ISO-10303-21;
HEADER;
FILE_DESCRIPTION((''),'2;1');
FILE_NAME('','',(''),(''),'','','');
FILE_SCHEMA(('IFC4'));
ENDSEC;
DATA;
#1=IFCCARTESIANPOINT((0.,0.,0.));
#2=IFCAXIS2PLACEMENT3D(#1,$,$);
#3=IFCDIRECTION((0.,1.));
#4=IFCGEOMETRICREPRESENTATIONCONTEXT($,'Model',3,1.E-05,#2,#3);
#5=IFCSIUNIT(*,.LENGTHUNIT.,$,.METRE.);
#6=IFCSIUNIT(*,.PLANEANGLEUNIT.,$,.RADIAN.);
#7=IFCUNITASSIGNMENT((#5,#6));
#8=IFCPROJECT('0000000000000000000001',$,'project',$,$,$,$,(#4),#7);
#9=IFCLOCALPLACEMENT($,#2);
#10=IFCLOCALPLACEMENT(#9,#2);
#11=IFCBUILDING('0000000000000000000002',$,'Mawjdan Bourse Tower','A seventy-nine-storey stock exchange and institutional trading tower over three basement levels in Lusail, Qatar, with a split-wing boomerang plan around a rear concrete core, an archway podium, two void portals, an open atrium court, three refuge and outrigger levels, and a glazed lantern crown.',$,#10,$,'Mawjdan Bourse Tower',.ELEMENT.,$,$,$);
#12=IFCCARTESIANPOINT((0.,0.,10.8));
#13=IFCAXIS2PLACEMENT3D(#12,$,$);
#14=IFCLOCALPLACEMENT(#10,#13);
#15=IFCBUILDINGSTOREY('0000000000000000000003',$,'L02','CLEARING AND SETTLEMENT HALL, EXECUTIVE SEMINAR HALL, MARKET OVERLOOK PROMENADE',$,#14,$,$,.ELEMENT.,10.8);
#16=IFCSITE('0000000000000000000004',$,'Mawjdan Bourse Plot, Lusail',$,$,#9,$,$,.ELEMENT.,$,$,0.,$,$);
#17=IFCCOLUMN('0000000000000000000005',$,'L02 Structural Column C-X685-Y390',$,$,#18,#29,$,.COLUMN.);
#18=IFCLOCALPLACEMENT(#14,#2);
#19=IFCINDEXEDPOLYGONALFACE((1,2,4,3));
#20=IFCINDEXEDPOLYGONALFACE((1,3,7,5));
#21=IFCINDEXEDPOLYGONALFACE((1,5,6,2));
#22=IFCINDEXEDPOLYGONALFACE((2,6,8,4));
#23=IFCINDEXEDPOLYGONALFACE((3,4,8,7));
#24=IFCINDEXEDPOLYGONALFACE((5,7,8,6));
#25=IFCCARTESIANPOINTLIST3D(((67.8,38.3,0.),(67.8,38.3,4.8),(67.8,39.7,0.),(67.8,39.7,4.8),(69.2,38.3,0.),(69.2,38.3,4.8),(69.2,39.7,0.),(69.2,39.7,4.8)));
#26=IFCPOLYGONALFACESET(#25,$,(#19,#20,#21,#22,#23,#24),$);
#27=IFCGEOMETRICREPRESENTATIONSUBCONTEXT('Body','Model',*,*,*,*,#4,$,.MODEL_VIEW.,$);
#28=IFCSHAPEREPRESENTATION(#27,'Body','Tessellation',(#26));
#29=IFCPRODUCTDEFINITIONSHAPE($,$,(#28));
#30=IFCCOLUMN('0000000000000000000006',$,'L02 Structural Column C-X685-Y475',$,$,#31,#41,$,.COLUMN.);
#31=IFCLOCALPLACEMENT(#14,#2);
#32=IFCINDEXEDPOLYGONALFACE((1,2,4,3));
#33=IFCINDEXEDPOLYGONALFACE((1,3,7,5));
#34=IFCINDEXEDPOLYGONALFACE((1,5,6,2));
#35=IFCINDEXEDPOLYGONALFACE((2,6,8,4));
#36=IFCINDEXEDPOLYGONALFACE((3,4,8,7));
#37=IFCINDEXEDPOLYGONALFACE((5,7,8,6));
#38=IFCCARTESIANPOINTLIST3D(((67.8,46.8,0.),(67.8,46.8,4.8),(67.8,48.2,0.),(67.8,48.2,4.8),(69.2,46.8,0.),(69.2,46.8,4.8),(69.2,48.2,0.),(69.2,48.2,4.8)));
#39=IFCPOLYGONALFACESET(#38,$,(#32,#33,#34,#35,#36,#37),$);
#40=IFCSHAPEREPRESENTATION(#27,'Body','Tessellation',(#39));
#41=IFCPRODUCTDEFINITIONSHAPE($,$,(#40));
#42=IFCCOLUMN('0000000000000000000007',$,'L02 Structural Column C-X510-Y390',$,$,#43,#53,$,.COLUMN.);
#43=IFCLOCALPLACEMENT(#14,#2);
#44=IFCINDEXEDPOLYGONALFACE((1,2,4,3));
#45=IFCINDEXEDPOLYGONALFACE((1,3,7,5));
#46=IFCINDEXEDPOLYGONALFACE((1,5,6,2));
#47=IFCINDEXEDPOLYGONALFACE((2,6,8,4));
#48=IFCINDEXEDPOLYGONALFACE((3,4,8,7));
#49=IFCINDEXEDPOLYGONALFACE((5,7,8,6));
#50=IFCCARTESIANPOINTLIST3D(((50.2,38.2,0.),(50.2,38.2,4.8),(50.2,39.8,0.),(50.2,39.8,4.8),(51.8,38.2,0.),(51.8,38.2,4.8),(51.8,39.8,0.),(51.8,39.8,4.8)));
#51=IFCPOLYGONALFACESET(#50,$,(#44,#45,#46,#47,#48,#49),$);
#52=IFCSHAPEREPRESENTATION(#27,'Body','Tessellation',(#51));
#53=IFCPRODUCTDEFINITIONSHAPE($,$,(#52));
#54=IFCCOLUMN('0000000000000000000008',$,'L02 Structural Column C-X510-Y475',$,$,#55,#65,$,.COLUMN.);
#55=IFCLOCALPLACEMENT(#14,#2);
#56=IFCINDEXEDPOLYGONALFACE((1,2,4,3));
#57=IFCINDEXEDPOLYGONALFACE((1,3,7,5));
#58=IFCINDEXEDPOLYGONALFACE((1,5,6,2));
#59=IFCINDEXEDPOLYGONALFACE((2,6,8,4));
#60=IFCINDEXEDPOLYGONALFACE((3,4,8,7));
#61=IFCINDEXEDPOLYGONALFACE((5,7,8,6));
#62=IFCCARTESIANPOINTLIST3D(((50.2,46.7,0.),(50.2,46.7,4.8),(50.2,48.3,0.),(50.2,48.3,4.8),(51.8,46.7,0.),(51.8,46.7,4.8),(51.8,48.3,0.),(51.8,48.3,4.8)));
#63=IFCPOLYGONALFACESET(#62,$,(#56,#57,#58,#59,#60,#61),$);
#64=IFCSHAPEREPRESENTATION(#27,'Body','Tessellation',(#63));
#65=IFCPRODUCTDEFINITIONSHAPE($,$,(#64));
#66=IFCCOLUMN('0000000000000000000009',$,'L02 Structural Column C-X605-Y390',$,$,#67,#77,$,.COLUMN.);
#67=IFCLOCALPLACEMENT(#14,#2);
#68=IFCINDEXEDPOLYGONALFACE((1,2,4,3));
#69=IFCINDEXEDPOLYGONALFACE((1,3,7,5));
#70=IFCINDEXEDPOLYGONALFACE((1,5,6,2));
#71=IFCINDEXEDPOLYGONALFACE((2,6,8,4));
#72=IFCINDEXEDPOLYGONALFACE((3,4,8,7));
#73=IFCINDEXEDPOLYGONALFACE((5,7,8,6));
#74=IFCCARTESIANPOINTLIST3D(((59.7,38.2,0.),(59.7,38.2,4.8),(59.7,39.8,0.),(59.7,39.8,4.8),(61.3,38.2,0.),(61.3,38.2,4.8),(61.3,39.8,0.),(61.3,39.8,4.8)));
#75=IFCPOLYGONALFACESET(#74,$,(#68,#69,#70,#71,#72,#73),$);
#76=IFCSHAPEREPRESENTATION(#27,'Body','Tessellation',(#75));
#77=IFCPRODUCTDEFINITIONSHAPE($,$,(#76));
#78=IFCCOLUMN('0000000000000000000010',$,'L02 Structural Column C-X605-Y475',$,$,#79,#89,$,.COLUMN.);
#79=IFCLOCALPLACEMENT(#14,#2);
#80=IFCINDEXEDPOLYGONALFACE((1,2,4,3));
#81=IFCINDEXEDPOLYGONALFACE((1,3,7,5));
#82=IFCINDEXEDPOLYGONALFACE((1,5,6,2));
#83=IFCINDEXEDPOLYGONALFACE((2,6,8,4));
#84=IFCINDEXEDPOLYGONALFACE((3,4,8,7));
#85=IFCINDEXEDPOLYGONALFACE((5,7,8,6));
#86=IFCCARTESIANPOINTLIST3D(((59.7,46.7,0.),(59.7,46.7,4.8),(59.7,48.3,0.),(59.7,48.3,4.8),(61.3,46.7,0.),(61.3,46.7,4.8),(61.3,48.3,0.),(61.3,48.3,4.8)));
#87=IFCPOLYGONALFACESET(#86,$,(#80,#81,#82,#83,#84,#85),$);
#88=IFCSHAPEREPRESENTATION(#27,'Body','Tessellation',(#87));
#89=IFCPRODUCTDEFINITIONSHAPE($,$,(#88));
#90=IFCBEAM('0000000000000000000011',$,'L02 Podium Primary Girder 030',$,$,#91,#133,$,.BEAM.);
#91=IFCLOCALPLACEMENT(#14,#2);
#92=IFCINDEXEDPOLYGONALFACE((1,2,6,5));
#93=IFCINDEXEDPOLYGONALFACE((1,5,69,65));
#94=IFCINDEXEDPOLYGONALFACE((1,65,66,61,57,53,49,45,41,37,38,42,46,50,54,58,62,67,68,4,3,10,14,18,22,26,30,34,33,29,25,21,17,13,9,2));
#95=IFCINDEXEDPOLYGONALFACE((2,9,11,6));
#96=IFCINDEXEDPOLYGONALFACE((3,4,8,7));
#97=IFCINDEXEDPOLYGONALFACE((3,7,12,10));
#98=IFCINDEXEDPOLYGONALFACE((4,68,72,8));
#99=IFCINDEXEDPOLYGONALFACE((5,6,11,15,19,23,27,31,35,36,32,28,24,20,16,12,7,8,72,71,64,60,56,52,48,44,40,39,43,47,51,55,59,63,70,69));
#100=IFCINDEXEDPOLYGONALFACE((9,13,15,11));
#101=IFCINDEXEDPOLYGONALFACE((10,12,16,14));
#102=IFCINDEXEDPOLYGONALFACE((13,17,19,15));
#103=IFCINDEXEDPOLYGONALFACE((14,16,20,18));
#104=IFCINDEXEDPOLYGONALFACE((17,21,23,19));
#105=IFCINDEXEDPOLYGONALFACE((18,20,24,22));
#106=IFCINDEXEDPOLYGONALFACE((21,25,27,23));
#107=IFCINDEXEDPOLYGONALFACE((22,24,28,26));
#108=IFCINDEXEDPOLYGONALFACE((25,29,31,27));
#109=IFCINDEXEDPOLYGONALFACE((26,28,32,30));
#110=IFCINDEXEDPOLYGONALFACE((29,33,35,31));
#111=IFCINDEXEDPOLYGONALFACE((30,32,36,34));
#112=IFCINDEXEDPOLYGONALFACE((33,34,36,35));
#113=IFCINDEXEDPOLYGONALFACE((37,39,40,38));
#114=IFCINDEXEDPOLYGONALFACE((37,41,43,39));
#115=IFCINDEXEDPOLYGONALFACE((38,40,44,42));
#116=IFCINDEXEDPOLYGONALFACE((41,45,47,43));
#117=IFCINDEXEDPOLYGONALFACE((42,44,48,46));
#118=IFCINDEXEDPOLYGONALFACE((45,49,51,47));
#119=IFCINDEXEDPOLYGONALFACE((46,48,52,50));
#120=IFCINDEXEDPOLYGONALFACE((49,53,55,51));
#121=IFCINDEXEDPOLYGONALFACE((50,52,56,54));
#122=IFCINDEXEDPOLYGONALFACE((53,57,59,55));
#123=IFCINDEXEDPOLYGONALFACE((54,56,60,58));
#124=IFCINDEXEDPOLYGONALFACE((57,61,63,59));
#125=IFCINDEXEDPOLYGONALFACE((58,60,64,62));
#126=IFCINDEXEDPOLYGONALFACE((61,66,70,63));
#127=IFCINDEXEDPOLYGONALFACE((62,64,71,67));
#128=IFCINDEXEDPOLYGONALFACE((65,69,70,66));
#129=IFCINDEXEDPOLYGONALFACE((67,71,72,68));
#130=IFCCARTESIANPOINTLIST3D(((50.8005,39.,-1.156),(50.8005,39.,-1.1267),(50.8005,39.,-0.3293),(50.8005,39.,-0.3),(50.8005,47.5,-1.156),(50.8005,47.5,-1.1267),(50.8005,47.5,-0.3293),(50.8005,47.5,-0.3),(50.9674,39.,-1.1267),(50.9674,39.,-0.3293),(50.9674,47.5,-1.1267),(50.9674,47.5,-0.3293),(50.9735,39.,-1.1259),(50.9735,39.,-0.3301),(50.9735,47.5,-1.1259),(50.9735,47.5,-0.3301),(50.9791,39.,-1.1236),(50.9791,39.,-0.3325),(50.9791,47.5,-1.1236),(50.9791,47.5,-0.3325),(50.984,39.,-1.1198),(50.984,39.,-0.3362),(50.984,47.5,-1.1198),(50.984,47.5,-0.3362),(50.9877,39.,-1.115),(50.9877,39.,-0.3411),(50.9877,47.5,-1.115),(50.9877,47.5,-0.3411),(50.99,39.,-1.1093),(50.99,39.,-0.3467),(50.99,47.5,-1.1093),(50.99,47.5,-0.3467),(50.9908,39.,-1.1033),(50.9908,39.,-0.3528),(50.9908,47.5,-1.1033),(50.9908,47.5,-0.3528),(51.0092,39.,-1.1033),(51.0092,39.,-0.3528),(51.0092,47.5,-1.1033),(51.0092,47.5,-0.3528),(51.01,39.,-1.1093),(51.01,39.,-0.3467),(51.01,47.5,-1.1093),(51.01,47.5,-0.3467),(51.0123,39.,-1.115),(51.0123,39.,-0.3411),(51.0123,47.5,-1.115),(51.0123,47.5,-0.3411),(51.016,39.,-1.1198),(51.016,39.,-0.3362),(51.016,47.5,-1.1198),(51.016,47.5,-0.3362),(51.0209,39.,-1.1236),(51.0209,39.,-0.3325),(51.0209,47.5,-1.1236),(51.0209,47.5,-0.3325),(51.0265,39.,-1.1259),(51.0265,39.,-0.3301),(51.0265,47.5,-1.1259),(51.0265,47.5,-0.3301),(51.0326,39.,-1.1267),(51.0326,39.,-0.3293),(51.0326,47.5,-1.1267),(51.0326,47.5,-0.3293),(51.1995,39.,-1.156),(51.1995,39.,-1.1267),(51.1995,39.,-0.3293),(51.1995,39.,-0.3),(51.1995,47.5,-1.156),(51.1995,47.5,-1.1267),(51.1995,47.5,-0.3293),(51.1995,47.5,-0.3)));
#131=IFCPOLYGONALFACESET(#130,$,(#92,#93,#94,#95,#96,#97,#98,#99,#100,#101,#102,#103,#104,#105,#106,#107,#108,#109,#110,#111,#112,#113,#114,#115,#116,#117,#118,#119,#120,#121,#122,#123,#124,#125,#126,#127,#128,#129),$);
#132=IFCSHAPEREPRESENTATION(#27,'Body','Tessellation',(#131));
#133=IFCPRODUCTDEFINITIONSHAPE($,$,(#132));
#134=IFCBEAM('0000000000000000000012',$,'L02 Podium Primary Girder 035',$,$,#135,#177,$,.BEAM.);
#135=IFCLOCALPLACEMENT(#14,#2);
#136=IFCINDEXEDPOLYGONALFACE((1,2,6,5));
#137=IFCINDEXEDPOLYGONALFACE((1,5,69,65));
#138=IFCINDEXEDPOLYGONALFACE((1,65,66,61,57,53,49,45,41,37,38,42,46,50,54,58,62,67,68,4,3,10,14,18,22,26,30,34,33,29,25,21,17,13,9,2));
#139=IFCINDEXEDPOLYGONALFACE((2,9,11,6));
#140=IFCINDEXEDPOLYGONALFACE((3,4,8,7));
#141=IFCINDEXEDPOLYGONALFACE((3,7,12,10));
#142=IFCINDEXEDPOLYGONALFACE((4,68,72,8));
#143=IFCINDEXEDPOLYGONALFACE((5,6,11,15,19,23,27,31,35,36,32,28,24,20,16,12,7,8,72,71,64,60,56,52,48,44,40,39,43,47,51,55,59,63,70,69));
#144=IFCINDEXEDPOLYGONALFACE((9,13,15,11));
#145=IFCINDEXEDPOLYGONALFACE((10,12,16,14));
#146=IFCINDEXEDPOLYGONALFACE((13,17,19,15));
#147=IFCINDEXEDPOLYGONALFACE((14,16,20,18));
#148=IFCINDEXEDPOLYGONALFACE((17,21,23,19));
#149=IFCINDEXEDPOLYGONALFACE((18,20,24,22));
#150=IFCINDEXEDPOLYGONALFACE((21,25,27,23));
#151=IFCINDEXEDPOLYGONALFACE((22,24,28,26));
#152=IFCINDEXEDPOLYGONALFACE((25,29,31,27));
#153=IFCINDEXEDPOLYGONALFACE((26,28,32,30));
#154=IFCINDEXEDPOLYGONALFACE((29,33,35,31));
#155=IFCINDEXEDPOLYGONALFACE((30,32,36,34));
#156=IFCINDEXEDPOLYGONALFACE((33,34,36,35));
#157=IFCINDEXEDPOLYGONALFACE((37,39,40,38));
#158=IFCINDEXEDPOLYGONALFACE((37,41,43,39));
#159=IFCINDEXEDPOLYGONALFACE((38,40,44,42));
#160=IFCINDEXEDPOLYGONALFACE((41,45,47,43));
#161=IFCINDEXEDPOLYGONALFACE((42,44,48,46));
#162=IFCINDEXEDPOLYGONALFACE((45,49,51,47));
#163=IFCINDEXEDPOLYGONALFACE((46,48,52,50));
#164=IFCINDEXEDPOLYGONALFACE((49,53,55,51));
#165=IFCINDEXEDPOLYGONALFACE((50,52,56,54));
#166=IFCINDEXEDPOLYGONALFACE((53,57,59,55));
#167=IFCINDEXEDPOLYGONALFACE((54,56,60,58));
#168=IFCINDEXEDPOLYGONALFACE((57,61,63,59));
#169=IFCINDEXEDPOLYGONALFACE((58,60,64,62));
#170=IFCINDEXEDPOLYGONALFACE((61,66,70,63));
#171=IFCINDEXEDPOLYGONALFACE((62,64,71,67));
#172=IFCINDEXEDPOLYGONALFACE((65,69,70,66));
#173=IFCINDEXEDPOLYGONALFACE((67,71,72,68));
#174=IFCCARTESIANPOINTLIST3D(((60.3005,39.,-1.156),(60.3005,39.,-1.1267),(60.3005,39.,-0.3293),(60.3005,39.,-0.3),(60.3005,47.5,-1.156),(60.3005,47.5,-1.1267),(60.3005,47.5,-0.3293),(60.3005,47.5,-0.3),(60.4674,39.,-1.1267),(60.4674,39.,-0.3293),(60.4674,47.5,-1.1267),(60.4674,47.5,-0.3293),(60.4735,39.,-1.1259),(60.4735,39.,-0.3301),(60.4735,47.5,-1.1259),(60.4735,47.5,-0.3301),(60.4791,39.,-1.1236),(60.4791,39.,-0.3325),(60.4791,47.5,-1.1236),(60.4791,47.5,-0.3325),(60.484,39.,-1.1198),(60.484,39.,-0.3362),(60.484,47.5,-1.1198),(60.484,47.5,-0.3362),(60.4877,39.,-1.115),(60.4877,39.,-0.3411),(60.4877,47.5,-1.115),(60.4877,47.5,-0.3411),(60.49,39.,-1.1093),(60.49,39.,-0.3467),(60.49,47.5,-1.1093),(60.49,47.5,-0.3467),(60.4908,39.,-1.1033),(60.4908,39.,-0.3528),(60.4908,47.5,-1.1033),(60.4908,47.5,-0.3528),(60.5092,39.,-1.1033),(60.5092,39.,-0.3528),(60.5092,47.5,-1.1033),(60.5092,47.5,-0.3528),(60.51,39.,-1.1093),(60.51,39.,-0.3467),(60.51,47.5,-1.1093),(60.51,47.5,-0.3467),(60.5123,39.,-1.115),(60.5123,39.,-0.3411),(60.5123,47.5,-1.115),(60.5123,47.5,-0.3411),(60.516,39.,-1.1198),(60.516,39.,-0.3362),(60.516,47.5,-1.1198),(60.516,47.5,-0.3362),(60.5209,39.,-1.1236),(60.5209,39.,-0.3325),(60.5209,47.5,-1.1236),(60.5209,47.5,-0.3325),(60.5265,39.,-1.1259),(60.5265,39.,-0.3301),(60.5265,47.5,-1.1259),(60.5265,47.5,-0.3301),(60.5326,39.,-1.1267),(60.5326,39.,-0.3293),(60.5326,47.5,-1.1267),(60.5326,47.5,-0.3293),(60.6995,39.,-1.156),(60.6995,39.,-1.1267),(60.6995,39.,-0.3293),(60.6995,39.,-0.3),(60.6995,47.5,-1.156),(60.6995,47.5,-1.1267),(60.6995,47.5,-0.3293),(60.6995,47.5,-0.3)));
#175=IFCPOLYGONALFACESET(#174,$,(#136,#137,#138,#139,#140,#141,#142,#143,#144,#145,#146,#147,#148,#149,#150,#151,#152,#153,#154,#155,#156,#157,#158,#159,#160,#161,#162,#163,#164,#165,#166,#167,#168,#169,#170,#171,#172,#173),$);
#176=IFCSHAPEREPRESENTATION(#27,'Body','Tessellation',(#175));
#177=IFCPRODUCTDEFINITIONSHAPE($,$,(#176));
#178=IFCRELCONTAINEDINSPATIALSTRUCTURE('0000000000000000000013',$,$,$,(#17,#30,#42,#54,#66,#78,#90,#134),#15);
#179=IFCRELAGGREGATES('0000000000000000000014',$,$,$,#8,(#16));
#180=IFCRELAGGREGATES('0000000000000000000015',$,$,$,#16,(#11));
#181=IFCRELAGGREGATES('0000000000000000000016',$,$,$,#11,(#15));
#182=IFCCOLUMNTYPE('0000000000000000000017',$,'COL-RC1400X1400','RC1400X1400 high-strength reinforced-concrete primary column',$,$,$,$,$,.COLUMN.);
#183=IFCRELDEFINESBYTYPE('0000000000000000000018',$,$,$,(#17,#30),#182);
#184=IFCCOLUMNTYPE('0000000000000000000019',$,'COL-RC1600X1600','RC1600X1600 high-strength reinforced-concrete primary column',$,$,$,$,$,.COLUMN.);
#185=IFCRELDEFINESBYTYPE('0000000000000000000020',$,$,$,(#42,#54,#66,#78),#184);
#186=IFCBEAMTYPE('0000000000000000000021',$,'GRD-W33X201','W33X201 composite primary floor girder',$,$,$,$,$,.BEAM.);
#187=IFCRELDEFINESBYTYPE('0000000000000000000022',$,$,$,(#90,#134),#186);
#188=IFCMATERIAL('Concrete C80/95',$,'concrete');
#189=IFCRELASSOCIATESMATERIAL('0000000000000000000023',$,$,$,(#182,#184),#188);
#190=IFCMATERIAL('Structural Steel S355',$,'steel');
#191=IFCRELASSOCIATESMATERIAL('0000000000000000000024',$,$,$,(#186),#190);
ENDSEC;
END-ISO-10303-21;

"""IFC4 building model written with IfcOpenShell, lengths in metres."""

from ifc_helpers import new_model, si_unit, direction, frame, origin, origin_2d, place, context, subcontext, project, spatial, rectangle, i_section, extrude, material, material_profile, profile_set, type_object, element, save


model = new_model("IFC4")

# Units and contexts
model_context = context("Model", 3, precision=1e-05, world=origin(), true_north=direction((0.0, 1.0)))
body_context = subcontext(model_context, "Body", "Model", "MODEL_VIEW")
ifc_project = project(units=[si_unit("LENGTHUNIT", "METRE"), si_unit("PLANEANGLEUNIT", "RADIAN")], contexts=[model_context])

# Site, building, storey
site_placement = place(None, origin())
site = spatial("IfcSite", under=ifc_project, at=site_placement, Name="Mawjdan Bourse Plot, Lusail", CompositionType="ELEMENT", RefElevation=0.0)
building_placement = place(site_placement, origin())
building = spatial("IfcBuilding", under=site, at=building_placement, Name="Mawjdan Bourse Tower", Description="A seventy-nine-storey stock exchange and institutional trading tower over three basement levels in Lusail, Qatar, with a split-wing boomerang plan around a rear concrete core, an archway podium, two void portals, an open atrium court, three refuge and outrigger levels, and a glazed lantern crown.", LongName="Mawjdan Bourse Tower", CompositionType="ELEMENT")
storey_placement = place(building_placement, frame((0.0, 0.0, 10.8)))
storey = spatial("IfcBuildingStorey", under=building, at=storey_placement, Name="L02", Description="CLEARING AND SETTLEMENT HALL, EXECUTIVE SEMINAR HALL, MARKET OVERLOOK PROMENADE", CompositionType="ELEMENT", Elevation=10.8)

# Columns
ifc_material_1 = material(Name="Concrete C80/95", Category="concrete")
ifc_material_profile_1 = material_profile(ifc_material_1, rectangle(XDim=1.3999, YDim=1.3999, at=origin_2d()), Name="RC1400X1400")
ifc_profile_set_1 = profile_set([ifc_material_profile_1], Name="Concrete C80/95")
column_type_1 = type_object("IfcColumnType", Name="COL-RC1400X1400", Description="RC1400X1400 high-strength reinforced-concrete primary column", PredefinedType="COLUMN", material=ifc_profile_set_1)
for number, where, z_axis, x_axis, name in (
    (1, (68.5, 39.0, 0.0), (0.0, 0.0, 1.0), (1.0, 0.0, 0.0), "L02 Structural Column C-X685-Y390"),
    (2, (68.5, 47.5, 0.0), (0.0, 0.0, 1.0), (1.0, 0.0, 0.0), "L02 Structural Column C-X685-Y475"),
):
    element("IfcColumn", number, at=place(storey_placement, frame(where, z_axis=z_axis, x_axis=x_axis)), inside=storey, type_object=column_type_1, Name=name, PredefinedType="COLUMN", context=body_context, shape_type="SweptSolid", body=[
        extrude(rectangle(XDim=1.3999, YDim=1.3999, at=origin_2d()), origin(), (0.0, 0.0, 1.0), 4.8),
    ])
ifc_material_profile_2 = material_profile(ifc_material_1, rectangle(XDim=1.6001, YDim=1.6001, at=origin_2d()), Name="RC1600X1600")
ifc_profile_set_2 = profile_set([ifc_material_profile_2], Name="Concrete C80/95")
column_type_2 = type_object("IfcColumnType", Name="COL-RC1600X1600", Description="RC1600X1600 high-strength reinforced-concrete primary column", PredefinedType="COLUMN", material=ifc_profile_set_2)
for number, where, z_axis, x_axis, name in (
    (3, (51.0, 39.0, 0.0), (0.0, 0.0, 1.0), (1.0, 0.0, 0.0), "L02 Structural Column C-X510-Y390"),
    (4, (51.0, 47.5, 0.0), (0.0, 0.0, 1.0), (1.0, 0.0, 0.0), "L02 Structural Column C-X510-Y475"),
    (5, (60.5, 39.0, 0.0), (0.0, 0.0, 1.0), (1.0, 0.0, 0.0), "L02 Structural Column C-X605-Y390"),
    (6, (60.5, 47.5, 0.0), (0.0, 0.0, 1.0), (1.0, 0.0, 0.0), "L02 Structural Column C-X605-Y475"),
):
    element("IfcColumn", number, at=place(storey_placement, frame(where, z_axis=z_axis, x_axis=x_axis)), inside=storey, type_object=column_type_2, Name=name, PredefinedType="COLUMN", context=body_context, shape_type="SweptSolid", body=[
        extrude(rectangle(XDim=1.6001, YDim=1.6001, at=origin_2d()), origin(), (0.0, 0.0, 1.0), 4.8),
    ])

# Beams
ifc_material_2 = material(Name="Structural Steel S355", Category="steel")
ifc_material_profile_3 = material_profile(ifc_material_2, i_section(OverallWidth=0.3989, OverallDepth=0.856, WebThickness=0.0183, FlangeThickness=0.0293, FilletRadius=0.0234, at=origin_2d()), Name="W33X201")
ifc_profile_set_3 = profile_set([ifc_material_profile_3], Name="Structural Steel S355")
beam_type_1 = type_object("IfcBeamType", Name="GRD-W33X201", Description="W33X201 composite primary floor girder", PredefinedType="BEAM", material=ifc_profile_set_3)
for number, where, z_axis, x_axis, name in (
    (7, (51.0, 39.0, -0.728), (0.0, 1.0, 0.0), (-1.0, 0.0, 0.0), "L02 Podium Primary Girder 030"),
    (8, (60.5, 39.0, -0.728), (0.0, 1.0, 0.0), (-1.0, 0.0, 0.0), "L02 Podium Primary Girder 035"),
):
    element("IfcBeam", number, at=place(storey_placement, frame(where, z_axis=z_axis, x_axis=x_axis)), inside=storey, type_object=beam_type_1, Name=name, PredefinedType="BEAM", context=body_context, shape_type="SweptSolid", body=[
        extrude(i_section(OverallWidth=0.3989, OverallDepth=0.856, WebThickness=0.0183, FlangeThickness=0.0293, FilletRadius=0.0234, at=origin_2d()), origin(), (0.0, 0.0, 1.0), 8.5),
    ])

save(model, "model.ifc")
